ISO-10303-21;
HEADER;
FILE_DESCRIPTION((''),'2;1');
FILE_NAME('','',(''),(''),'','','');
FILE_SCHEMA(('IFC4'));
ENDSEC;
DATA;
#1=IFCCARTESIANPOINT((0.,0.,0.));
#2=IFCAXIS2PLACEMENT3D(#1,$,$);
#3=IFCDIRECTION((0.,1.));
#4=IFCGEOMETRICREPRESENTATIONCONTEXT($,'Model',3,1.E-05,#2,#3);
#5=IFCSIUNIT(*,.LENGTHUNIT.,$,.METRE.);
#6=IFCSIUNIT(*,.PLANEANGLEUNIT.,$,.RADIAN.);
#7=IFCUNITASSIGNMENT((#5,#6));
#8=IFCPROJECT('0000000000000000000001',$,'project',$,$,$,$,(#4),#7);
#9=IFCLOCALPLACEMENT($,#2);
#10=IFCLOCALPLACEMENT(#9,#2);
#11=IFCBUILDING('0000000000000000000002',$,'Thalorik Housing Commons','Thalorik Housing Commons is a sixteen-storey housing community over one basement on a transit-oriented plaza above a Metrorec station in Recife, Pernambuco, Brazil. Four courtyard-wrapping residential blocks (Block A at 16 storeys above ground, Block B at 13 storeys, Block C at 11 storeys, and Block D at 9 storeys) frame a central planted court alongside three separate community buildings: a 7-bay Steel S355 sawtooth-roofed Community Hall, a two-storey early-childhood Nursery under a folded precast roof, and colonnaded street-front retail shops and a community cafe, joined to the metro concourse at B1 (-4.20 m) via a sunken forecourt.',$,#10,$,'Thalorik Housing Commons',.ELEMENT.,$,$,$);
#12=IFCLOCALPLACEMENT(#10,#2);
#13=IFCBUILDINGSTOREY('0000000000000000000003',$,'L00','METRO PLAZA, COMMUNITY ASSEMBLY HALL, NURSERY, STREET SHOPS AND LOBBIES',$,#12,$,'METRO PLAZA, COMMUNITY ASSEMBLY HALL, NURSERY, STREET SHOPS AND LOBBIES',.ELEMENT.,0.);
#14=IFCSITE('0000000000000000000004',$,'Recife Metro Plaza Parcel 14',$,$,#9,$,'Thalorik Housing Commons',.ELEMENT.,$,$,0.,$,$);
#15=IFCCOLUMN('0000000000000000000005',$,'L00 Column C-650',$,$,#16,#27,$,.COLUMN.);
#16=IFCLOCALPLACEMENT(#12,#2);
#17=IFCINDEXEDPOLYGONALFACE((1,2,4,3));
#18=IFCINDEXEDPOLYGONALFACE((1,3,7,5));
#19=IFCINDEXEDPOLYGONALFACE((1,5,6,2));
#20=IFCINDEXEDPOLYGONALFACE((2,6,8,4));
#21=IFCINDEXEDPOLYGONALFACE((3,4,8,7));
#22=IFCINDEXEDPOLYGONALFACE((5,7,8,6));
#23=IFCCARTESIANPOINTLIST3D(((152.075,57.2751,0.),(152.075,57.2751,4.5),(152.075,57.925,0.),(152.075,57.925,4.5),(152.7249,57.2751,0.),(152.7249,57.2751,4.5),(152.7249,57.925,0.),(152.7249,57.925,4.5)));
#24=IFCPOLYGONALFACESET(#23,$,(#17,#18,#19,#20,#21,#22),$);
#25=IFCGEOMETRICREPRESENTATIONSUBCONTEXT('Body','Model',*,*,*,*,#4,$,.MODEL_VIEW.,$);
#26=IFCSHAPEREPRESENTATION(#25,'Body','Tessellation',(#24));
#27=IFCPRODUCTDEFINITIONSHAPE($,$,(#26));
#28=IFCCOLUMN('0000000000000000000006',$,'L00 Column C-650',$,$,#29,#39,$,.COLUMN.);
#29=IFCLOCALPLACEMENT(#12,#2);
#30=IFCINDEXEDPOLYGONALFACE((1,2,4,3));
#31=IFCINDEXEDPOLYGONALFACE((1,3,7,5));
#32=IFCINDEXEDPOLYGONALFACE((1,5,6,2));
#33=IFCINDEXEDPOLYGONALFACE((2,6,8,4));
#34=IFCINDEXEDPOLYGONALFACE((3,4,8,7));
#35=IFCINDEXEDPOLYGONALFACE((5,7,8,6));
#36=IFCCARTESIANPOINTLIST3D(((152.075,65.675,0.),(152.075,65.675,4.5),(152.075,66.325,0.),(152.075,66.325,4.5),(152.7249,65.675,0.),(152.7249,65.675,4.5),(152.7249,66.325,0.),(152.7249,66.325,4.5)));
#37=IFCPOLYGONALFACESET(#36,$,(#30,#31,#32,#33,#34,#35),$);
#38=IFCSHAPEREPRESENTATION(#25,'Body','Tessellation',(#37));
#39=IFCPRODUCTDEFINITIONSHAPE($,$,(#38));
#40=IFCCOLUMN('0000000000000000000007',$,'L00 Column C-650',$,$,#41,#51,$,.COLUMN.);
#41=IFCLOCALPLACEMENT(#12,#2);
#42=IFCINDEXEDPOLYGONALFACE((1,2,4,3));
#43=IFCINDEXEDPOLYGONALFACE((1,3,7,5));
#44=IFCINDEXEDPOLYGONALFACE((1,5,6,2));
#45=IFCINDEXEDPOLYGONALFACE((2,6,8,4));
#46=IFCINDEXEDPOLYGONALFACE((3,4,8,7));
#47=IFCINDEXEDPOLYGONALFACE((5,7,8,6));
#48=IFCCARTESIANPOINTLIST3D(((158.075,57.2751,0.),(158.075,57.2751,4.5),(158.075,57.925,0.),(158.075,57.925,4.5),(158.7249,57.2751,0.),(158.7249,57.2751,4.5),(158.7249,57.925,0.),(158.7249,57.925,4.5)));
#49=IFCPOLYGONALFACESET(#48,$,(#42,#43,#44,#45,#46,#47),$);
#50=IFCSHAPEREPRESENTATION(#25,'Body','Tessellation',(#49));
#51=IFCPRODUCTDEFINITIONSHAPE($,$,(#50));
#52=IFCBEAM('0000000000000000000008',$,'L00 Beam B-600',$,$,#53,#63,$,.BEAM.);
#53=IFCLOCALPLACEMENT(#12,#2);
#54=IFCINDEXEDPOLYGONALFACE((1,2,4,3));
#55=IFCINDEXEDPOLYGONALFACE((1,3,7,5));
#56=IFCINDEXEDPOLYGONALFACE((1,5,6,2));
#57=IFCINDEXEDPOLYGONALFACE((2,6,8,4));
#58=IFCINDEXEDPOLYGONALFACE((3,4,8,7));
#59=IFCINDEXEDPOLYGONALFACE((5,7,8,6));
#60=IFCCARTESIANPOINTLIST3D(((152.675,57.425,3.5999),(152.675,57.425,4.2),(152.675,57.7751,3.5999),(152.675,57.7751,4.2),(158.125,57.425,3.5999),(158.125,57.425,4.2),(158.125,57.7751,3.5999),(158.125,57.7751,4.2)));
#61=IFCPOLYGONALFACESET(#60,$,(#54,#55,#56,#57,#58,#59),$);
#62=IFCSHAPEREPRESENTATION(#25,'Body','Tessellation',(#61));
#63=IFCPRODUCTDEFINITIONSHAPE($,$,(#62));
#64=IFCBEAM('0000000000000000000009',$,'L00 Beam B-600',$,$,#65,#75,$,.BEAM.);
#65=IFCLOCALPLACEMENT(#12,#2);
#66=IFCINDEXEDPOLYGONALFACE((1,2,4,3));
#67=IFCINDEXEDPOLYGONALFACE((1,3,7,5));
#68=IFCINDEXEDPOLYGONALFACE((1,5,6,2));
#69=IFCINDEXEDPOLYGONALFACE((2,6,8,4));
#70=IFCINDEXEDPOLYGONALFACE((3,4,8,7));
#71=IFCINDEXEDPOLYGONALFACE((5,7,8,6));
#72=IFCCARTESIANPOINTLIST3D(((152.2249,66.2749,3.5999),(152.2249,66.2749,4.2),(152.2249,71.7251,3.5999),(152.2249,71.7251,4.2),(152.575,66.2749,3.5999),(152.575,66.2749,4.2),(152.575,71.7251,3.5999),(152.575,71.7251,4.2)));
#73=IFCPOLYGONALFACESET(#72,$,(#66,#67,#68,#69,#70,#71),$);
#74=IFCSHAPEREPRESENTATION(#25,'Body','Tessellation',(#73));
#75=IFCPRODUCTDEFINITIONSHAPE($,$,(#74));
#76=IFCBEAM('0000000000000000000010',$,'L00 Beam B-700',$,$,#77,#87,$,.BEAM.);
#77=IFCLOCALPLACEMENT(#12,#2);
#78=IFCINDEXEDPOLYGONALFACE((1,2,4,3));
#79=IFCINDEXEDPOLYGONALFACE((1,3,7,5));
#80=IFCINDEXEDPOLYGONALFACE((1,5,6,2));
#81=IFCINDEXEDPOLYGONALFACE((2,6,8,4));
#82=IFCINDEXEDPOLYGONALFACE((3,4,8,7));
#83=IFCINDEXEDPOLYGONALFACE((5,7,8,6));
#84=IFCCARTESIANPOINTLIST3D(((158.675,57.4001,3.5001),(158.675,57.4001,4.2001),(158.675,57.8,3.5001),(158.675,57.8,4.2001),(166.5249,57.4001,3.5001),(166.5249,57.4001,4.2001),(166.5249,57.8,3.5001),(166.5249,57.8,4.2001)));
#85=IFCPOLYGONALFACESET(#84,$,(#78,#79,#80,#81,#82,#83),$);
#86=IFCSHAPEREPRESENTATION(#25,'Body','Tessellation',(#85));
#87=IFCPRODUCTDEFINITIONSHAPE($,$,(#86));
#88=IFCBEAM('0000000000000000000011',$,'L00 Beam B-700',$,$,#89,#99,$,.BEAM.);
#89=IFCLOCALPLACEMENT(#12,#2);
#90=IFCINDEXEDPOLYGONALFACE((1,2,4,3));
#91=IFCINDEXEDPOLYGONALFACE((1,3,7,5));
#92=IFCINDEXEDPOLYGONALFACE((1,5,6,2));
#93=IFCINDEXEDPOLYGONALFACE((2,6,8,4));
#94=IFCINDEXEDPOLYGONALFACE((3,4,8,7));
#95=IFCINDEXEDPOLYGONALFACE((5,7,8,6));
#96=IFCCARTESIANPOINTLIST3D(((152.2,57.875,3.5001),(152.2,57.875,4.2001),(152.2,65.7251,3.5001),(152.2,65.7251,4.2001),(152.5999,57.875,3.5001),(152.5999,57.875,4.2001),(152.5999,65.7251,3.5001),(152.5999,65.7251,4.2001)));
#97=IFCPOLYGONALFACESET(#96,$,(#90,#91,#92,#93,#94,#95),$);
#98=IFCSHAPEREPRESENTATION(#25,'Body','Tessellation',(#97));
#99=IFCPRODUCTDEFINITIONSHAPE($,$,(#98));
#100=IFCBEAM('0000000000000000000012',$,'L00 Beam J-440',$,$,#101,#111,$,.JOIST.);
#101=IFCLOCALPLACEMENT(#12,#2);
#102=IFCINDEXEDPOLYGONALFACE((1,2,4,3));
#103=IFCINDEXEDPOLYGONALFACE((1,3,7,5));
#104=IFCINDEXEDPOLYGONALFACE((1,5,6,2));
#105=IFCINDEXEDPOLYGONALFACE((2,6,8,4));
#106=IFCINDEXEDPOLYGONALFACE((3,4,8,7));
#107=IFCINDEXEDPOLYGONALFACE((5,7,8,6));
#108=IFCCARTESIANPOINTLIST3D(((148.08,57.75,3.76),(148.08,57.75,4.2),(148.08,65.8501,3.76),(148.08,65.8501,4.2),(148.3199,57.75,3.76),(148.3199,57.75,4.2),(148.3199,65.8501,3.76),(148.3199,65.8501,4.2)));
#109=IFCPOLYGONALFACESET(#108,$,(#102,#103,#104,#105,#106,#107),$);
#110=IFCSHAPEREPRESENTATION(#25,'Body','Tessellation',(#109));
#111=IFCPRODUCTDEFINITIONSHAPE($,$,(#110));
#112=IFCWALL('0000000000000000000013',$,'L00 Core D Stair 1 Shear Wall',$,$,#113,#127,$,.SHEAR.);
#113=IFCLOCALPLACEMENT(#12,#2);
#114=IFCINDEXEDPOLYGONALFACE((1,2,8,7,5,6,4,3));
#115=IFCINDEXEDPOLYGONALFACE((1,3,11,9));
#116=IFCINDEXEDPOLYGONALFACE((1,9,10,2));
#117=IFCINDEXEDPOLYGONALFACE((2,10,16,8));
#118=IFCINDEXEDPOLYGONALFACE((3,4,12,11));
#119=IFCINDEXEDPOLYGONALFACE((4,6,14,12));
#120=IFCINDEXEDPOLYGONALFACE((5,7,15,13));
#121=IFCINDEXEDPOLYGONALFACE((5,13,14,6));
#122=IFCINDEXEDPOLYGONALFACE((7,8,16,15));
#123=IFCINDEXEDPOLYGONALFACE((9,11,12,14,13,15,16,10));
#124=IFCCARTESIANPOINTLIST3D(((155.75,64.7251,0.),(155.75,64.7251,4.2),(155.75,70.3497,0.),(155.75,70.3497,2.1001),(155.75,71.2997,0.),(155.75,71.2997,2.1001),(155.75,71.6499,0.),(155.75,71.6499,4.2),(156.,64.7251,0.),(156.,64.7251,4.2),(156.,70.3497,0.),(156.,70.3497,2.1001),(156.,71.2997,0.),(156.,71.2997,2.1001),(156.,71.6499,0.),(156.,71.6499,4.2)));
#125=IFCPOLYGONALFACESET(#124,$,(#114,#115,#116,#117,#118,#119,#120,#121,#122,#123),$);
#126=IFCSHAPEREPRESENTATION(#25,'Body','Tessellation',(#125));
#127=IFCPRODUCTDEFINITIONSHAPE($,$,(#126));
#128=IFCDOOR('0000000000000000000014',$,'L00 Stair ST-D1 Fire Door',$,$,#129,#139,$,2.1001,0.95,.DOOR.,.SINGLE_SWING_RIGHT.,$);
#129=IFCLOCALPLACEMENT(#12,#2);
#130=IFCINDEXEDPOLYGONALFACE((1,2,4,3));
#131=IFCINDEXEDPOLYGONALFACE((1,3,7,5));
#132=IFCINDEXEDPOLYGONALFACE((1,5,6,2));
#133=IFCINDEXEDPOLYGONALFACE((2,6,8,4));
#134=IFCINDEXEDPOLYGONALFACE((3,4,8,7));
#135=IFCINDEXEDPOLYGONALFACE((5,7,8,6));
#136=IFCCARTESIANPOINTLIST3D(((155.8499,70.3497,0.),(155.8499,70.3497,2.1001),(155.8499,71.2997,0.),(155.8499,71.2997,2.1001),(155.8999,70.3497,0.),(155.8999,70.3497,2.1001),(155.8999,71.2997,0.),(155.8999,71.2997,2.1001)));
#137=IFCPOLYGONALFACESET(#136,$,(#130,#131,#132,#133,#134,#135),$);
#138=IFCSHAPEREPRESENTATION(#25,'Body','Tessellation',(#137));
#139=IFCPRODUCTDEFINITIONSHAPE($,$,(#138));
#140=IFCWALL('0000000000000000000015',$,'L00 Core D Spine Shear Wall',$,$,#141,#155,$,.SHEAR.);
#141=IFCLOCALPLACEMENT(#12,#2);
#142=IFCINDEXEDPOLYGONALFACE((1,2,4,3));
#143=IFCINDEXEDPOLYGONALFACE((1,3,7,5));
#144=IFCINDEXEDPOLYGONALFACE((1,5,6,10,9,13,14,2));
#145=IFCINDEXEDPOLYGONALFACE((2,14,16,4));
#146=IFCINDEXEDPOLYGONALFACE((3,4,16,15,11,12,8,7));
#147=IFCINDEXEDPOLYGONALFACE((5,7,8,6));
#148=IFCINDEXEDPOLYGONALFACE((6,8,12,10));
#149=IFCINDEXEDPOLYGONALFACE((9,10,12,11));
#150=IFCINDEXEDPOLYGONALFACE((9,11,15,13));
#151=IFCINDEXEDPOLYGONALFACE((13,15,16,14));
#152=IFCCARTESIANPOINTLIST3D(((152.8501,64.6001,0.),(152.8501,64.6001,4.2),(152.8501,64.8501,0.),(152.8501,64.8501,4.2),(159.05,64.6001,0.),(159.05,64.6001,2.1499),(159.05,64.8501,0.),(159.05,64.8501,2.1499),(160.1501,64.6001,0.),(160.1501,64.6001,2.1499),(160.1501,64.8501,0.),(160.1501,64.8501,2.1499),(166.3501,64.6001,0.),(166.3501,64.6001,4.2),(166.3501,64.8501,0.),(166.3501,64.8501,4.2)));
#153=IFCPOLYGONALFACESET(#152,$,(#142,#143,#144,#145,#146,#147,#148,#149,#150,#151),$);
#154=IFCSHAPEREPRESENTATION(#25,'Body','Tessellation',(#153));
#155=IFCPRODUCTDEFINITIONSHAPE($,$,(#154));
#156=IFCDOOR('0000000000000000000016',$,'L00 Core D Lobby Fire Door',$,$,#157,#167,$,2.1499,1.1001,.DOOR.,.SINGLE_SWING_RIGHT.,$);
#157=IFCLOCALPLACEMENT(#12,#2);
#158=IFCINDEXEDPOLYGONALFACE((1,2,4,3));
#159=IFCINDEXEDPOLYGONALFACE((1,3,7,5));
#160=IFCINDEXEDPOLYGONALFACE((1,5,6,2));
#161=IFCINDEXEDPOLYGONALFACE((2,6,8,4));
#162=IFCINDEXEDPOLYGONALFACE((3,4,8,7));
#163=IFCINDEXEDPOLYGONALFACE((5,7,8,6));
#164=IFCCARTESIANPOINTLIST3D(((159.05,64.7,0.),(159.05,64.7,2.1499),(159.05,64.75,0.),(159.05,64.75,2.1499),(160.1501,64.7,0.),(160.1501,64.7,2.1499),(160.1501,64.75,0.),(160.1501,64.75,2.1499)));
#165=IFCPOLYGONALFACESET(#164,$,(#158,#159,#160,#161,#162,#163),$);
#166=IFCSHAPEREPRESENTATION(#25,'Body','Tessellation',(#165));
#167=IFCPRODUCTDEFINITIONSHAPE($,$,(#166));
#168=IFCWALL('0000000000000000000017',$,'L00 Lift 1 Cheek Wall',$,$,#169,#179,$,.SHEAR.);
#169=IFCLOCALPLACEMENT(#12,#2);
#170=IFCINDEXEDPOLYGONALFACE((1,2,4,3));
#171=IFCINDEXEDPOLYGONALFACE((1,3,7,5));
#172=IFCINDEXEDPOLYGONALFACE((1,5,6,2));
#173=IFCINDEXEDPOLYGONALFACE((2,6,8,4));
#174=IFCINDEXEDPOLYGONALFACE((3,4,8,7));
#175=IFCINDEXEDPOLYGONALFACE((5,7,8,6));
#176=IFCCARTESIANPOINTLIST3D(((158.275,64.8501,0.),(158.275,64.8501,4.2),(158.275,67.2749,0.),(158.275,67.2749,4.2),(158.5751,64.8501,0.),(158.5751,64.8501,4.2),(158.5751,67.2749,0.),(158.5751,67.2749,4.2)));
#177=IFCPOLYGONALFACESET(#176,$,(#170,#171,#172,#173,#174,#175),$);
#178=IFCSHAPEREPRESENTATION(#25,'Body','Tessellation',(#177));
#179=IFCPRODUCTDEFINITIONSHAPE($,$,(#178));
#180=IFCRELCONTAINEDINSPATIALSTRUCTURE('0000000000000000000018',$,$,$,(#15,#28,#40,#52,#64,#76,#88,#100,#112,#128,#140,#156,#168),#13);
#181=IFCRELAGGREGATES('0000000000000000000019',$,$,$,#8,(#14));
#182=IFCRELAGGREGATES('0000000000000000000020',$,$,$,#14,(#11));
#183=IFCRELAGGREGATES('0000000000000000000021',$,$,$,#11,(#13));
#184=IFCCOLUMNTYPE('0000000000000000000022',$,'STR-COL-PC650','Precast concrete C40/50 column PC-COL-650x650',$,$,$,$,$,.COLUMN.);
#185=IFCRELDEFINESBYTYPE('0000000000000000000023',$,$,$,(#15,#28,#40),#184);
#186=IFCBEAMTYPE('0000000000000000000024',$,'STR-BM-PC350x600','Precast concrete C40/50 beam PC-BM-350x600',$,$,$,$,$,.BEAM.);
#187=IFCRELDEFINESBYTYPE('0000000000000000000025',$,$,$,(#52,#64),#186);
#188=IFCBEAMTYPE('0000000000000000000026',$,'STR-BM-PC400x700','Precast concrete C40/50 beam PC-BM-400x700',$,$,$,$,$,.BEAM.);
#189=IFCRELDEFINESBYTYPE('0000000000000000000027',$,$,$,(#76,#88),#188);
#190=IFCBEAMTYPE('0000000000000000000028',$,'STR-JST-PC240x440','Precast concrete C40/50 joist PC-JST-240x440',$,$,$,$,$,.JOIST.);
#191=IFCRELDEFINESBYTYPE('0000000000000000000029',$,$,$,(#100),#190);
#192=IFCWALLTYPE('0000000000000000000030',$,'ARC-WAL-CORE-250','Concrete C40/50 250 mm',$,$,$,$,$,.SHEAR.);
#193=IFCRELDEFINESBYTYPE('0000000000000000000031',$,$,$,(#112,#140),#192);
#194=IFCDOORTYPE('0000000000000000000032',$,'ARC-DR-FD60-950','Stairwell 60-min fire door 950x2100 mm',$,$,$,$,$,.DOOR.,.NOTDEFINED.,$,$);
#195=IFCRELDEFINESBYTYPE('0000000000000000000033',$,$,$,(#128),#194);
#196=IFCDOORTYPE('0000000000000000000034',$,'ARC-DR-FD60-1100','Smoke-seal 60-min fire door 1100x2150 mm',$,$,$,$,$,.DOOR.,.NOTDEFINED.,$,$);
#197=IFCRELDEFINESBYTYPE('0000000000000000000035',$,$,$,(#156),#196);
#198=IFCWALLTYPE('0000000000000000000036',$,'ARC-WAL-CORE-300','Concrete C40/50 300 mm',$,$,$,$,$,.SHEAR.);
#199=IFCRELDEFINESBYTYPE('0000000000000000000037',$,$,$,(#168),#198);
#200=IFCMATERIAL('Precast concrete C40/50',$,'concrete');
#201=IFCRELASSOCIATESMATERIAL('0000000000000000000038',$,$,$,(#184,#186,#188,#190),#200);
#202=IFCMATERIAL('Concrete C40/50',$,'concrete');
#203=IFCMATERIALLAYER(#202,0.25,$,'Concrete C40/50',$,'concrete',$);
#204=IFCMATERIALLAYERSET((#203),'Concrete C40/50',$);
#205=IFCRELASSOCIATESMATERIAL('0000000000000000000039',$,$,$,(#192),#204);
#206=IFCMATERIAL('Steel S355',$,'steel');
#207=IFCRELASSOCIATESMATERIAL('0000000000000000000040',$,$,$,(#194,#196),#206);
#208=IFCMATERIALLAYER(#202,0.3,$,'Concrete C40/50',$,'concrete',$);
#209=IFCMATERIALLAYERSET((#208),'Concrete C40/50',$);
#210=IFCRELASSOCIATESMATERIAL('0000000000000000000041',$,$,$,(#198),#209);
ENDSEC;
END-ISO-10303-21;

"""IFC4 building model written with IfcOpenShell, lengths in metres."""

from ifc_helpers import new_model, si_unit, direction, frame, frame_2d, origin, origin_2d, place, context, subcontext, project, spatial, rectangle, extrude, material, layer, layer_set, material_profile, profile_set, type_object, element, fill, save


model = new_model("IFC4")

# Units and contexts
model_context = context("Model", 3, precision=1e-05, world=origin(), true_north=direction((0.0, 1.0)))
body_context = subcontext(model_context, "Body", "Model", "MODEL_VIEW")
ifc_project = project(units=[si_unit("LENGTHUNIT", "METRE"), si_unit("PLANEANGLEUNIT", "RADIAN")], contexts=[model_context])

# Site, building, storey
site_placement = place(None, origin())
site = spatial("IfcSite", under=ifc_project, at=site_placement, Name="Recife Metro Plaza Parcel 14", LongName="Thalorik Housing Commons", CompositionType="ELEMENT", RefElevation=0.0)
building_placement = place(site_placement, origin())
building = spatial("IfcBuilding", under=site, at=building_placement, Name="Thalorik Housing Commons", Description="Thalorik Housing Commons is a sixteen-storey housing community over one basement on a transit-oriented plaza above a Metrorec station in Recife, Pernambuco, Brazil. Four courtyard-wrapping residential blocks (Block A at 16 storeys above ground, Block B at 13 storeys, Block C at 11 storeys, and Block D at 9 storeys) frame a central planted court alongside three separate community buildings: a 7-bay Steel S355 sawtooth-roofed Community Hall, a two-storey early-childhood Nursery under a folded precast roof, and colonnaded street-front retail shops and a community cafe, joined to the metro concourse at B1 (-4.20 m) via a sunken forecourt.", LongName="Thalorik Housing Commons", CompositionType="ELEMENT")
storey_placement = place(building_placement, origin())
storey = spatial("IfcBuildingStorey", under=building, at=storey_placement, Name="L00", Description="METRO PLAZA, COMMUNITY ASSEMBLY HALL, NURSERY, STREET SHOPS AND LOBBIES", LongName="METRO PLAZA, COMMUNITY ASSEMBLY HALL, NURSERY, STREET SHOPS AND LOBBIES", CompositionType="ELEMENT", Elevation=0.0)

# Columns
ifc_material_1 = material(Name="Precast concrete C40/50", Category="concrete")
ifc_material_profile_1 = material_profile(ifc_material_1, rectangle(XDim=0.6499, YDim=0.6499, at=origin_2d()), Name="PC 650x650", Category="concrete")
ifc_profile_set_1 = profile_set([ifc_material_profile_1], Name="Precast concrete C40/50")
column_type = type_object("IfcColumnType", Name="STR-COL-PC650", Description="Precast concrete C40/50 column PC-COL-650x650", PredefinedType="COLUMN", material=ifc_profile_set_1)
for number, where, z_axis, x_axis, name in (
    (1, (152.3999, 57.6001, 0.0), (0.0, 0.0, 1.0), (1.0, 0.0, 0.0), "L00 Column C-650"),
    (2, (152.3999, 66.0, 0.0), (0.0, 0.0, 1.0), (1.0, 0.0, 0.0), "L00 Column C-650"),
    (3, (158.3999, 57.6001, 0.0), (0.0, 0.0, 1.0), (1.0, 0.0, 0.0), "L00 Column C-650"),
):
    element("IfcColumn", number, at=place(storey_placement, frame(where, z_axis=z_axis, x_axis=x_axis)), inside=storey, type_object=column_type, Name=name, PredefinedType="COLUMN", context=body_context, shape_type="SweptSolid", body=[
        extrude(rectangle(XDim=0.6499, YDim=0.6499, at=origin_2d()), origin(), (0.0, 0.0, 1.0), 4.5),
    ])

# Beams
ifc_material_profile_2 = material_profile(ifc_material_1, rectangle(XDim=0.3501, YDim=0.6001, at=origin_2d()), Name="PC 350x600", Category="concrete")
ifc_profile_set_2 = profile_set([ifc_material_profile_2], Name="Precast concrete C40/50")
beam_type_1 = type_object("IfcBeamType", Name="STR-BM-PC350x600", Description="Precast concrete C40/50 beam PC-BM-350x600", PredefinedType="BEAM", material=ifc_profile_set_2)
beam_1_placement = place(storey_placement, frame((152.675, 57.6001, 3.8999), z_axis=(1.0, 0.0, 0.0), x_axis=(0.0, 1.0, 0.0)))
element("IfcBeam", 4, at=beam_1_placement, inside=storey, type_object=beam_type_1, Name="L00 Beam B-600", PredefinedType="BEAM", context=body_context, shape_type="SweptSolid", body=[
    extrude(rectangle(XDim=0.3501, YDim=0.6001, at=origin_2d()), origin(), (0.0, 0.0, 1.0), 5.45),
])
beam_2_placement = place(storey_placement, frame((152.3999, 66.2749, 3.8999), z_axis=(0.0, 1.0, 0.0), x_axis=(-1.0, 0.0, 0.0)))
element("IfcBeam", 5, at=beam_2_placement, inside=storey, type_object=beam_type_1, Name="L00 Beam B-600", PredefinedType="BEAM", context=body_context, shape_type="SweptSolid", body=[
    extrude(rectangle(XDim=0.3501, YDim=0.6001, at=origin_2d()), origin(), (0.0, 0.0, 1.0), 5.4502),
])
ifc_material_profile_3 = material_profile(ifc_material_1, rectangle(XDim=0.3999, YDim=0.7, at=origin_2d()), Name="PC 400x700", Category="concrete")
ifc_profile_set_3 = profile_set([ifc_material_profile_3], Name="Precast concrete C40/50")
beam_type_2 = type_object("IfcBeamType", Name="STR-BM-PC400x700", Description="Precast concrete C40/50 beam PC-BM-400x700", PredefinedType="BEAM", material=ifc_profile_set_3)
beam_3_placement = place(storey_placement, frame((158.675, 57.6001, 3.8501), z_axis=(1.0, 0.0, 0.0), x_axis=(0.0, 1.0, 0.0)))
element("IfcBeam", 6, at=beam_3_placement, inside=storey, type_object=beam_type_2, Name="L00 Beam B-700", PredefinedType="BEAM", context=body_context, shape_type="SweptSolid", body=[
    extrude(rectangle(XDim=0.3999, YDim=0.7, at=origin_2d()), origin(), (0.0, 0.0, 1.0), 7.8499),
])
beam_4_placement = place(storey_placement, frame((152.3999, 57.875, 3.8501), z_axis=(0.0, 1.0, 0.0), x_axis=(-1.0, 0.0, 0.0)))
element("IfcBeam", 7, at=beam_4_placement, inside=storey, type_object=beam_type_2, Name="L00 Beam B-700", PredefinedType="BEAM", context=body_context, shape_type="SweptSolid", body=[
    extrude(rectangle(XDim=0.3999, YDim=0.7, at=origin_2d()), origin(), (0.0, 0.0, 1.0), 7.8501),
])
ifc_material_profile_4 = material_profile(ifc_material_1, rectangle(XDim=0.24, YDim=0.4399, at=origin_2d()), Name="PC JST 240x440", Category="concrete")
ifc_profile_set_4 = profile_set([ifc_material_profile_4], Name="Precast concrete C40/50")
beam_type_3 = type_object("IfcBeamType", Name="STR-JST-PC240x440", Description="Precast concrete C40/50 joist PC-JST-240x440", PredefinedType="JOIST", material=ifc_profile_set_4)
beam_5_placement = place(storey_placement, frame((148.2, 57.75, 3.98), z_axis=(0.0, 1.0, 0.0), x_axis=(-1.0, 0.0, 0.0)))
element("IfcBeam", 8, at=beam_5_placement, inside=storey, type_object=beam_type_3, Name="L00 Beam J-440", PredefinedType="JOIST", context=body_context, shape_type="SweptSolid", body=[
    extrude(rectangle(XDim=0.24, YDim=0.4399, at=origin_2d()), origin(), (0.0, 0.0, 1.0), 8.1001),
])

# Walls, openings, doors
ifc_material_2 = material(Name="Concrete C40/50", Category="concrete")
ifc_layer_1 = layer(ifc_material_2, 0.25, Name="Concrete C40/50", Category="concrete")
ifc_layer_set_1 = layer_set([ifc_layer_1], Name="Concrete C40/50")
wall_type_1 = type_object("IfcWallType", Name="ARC-WAL-CORE-250", Description="Concrete C40/50 250 mm", PredefinedType="SHEAR", material=ifc_layer_set_1)
wall_1_placement = place(storey_placement, frame((155.875, 71.6499, 0.0), z_axis=(0.0, 0.0, 1.0), x_axis=(0.0, -1.0, 0.0)))
wall_1 = element("IfcWall", 9, at=wall_1_placement, inside=storey, type_object=wall_type_1, Name="L00 Core D Stair 1 Shear Wall", PredefinedType="SHEAR", context=body_context, shape_type="SweptSolid", body=[
    extrude(rectangle(XDim=6.9248, YDim=0.25, at=frame_2d((3.4624, 0.0))), origin(), (0.0, 0.0, 1.0), 4.2),
])
opening_1_placement = place(wall_1_placement, frame((0.3501, 0.0, 0.0)))
opening_1 = element("IfcOpeningElement", 10, at=opening_1_placement, cuts=wall_1, PredefinedType="OPENING", context=body_context, shape_type="SweptSolid", body=[
    extrude(rectangle(XDim=0.95, YDim=2.1001, at=frame_2d((0.4751, 1.05))), frame((0.0, 0.135, 0.0), z_axis=(0.0, -1.0, 0.0), x_axis=(1.0, 0.0, 0.0)), (0.0, 0.0, 1.0), 0.27),
])
ifc_material_3 = material(Name="Steel S355", Category="steel")
door_type_1 = type_object("IfcDoorType", Name="ARC-DR-FD60-950", Description="Stairwell 60-min fire door 950x2100 mm", OperationType="NOTDEFINED", PredefinedType="DOOR", material=ifc_material_3)
door_1_placement = place(opening_1_placement, origin())
door_1 = element("IfcDoor", 11, at=door_1_placement, inside=storey, type_object=door_type_1, Name="L00 Stair ST-D1 Fire Door", OperationType="SINGLE_SWING_RIGHT", OverallHeight=2.1001, OverallWidth=0.95, PredefinedType="DOOR", context=body_context, shape_type="SweptSolid", body=[
    extrude(rectangle(XDim=0.95, YDim=2.1001, at=frame_2d((0.4751, 1.05))), frame((0.0, 0.0249, 0.0), z_axis=(0.0, -1.0, 0.0), x_axis=(1.0, 0.0, 0.0)), (0.0, 0.0, 1.0), 0.05),
])
fill(opening_1, door_1)
wall_2_placement = place(storey_placement, frame((152.8501, 64.7251, 0.0), z_axis=(0.0, 0.0, 1.0), x_axis=(1.0, 0.0, 0.0)))
wall_2 = element("IfcWall", 12, at=wall_2_placement, inside=storey, type_object=wall_type_1, Name="L00 Core D Spine Shear Wall", PredefinedType="SHEAR", context=body_context, shape_type="SweptSolid", body=[
    extrude(rectangle(XDim=13.5, YDim=0.25, at=frame_2d((6.75, 0.0))), origin(), (0.0, 0.0, 1.0), 4.2),
])
opening_2_placement = place(wall_2_placement, frame((6.2, 0.0, 0.0)))
opening_2 = element("IfcOpeningElement", 13, at=opening_2_placement, cuts=wall_2, PredefinedType="OPENING", context=body_context, shape_type="SweptSolid", body=[
    extrude(rectangle(XDim=1.1001, YDim=2.1499, at=frame_2d((0.55, 1.075))), frame((0.0, 0.135, 0.0), z_axis=(0.0, -1.0, 0.0), x_axis=(1.0, 0.0, 0.0)), (0.0, 0.0, 1.0), 0.27),
])
door_type_2 = type_object("IfcDoorType", Name="ARC-DR-FD60-1100", Description="Smoke-seal 60-min fire door 1100x2150 mm", OperationType="NOTDEFINED", PredefinedType="DOOR", material=ifc_material_3)
door_2_placement = place(opening_2_placement, origin())
door_2 = element("IfcDoor", 14, at=door_2_placement, inside=storey, type_object=door_type_2, Name="L00 Core D Lobby Fire Door", OperationType="SINGLE_SWING_RIGHT", OverallHeight=2.1499, OverallWidth=1.1001, PredefinedType="DOOR", context=body_context, shape_type="SweptSolid", body=[
    extrude(rectangle(XDim=1.1001, YDim=2.1499, at=frame_2d((0.55, 1.075))), frame((0.0, 0.0249, 0.0), z_axis=(0.0, -1.0, 0.0), x_axis=(1.0, 0.0, 0.0)), (0.0, 0.0, 1.0), 0.05),
])
fill(opening_2, door_2)

# Wall
ifc_layer_2 = layer(ifc_material_2, 0.3, Name="Concrete C40/50", Category="concrete")
ifc_layer_set_2 = layer_set([ifc_layer_2], Name="Concrete C40/50")
wall_type_2 = type_object("IfcWallType", Name="ARC-WAL-CORE-300", Description="Concrete C40/50 300 mm", PredefinedType="SHEAR", material=ifc_layer_set_2)
for number, where, z_axis, x_axis, name in (
    (15, (158.425, 67.2749, 0.0), (0.0, 0.0, 1.0), (0.0, -1.0, 0.0), "L00 Lift 1 Cheek Wall"),
):
    element("IfcWall", number, at=place(storey_placement, frame(where, z_axis=z_axis, x_axis=x_axis)), inside=storey, type_object=wall_type_2, Name=name, PredefinedType="SHEAR", context=body_context, shape_type="SweptSolid", body=[
        extrude(rectangle(XDim=2.4248, YDim=0.3, at=frame_2d((1.2124, 0.0))), origin(), (0.0, 0.0, 1.0), 4.2),
    ])

save(model, "model.ifc")
